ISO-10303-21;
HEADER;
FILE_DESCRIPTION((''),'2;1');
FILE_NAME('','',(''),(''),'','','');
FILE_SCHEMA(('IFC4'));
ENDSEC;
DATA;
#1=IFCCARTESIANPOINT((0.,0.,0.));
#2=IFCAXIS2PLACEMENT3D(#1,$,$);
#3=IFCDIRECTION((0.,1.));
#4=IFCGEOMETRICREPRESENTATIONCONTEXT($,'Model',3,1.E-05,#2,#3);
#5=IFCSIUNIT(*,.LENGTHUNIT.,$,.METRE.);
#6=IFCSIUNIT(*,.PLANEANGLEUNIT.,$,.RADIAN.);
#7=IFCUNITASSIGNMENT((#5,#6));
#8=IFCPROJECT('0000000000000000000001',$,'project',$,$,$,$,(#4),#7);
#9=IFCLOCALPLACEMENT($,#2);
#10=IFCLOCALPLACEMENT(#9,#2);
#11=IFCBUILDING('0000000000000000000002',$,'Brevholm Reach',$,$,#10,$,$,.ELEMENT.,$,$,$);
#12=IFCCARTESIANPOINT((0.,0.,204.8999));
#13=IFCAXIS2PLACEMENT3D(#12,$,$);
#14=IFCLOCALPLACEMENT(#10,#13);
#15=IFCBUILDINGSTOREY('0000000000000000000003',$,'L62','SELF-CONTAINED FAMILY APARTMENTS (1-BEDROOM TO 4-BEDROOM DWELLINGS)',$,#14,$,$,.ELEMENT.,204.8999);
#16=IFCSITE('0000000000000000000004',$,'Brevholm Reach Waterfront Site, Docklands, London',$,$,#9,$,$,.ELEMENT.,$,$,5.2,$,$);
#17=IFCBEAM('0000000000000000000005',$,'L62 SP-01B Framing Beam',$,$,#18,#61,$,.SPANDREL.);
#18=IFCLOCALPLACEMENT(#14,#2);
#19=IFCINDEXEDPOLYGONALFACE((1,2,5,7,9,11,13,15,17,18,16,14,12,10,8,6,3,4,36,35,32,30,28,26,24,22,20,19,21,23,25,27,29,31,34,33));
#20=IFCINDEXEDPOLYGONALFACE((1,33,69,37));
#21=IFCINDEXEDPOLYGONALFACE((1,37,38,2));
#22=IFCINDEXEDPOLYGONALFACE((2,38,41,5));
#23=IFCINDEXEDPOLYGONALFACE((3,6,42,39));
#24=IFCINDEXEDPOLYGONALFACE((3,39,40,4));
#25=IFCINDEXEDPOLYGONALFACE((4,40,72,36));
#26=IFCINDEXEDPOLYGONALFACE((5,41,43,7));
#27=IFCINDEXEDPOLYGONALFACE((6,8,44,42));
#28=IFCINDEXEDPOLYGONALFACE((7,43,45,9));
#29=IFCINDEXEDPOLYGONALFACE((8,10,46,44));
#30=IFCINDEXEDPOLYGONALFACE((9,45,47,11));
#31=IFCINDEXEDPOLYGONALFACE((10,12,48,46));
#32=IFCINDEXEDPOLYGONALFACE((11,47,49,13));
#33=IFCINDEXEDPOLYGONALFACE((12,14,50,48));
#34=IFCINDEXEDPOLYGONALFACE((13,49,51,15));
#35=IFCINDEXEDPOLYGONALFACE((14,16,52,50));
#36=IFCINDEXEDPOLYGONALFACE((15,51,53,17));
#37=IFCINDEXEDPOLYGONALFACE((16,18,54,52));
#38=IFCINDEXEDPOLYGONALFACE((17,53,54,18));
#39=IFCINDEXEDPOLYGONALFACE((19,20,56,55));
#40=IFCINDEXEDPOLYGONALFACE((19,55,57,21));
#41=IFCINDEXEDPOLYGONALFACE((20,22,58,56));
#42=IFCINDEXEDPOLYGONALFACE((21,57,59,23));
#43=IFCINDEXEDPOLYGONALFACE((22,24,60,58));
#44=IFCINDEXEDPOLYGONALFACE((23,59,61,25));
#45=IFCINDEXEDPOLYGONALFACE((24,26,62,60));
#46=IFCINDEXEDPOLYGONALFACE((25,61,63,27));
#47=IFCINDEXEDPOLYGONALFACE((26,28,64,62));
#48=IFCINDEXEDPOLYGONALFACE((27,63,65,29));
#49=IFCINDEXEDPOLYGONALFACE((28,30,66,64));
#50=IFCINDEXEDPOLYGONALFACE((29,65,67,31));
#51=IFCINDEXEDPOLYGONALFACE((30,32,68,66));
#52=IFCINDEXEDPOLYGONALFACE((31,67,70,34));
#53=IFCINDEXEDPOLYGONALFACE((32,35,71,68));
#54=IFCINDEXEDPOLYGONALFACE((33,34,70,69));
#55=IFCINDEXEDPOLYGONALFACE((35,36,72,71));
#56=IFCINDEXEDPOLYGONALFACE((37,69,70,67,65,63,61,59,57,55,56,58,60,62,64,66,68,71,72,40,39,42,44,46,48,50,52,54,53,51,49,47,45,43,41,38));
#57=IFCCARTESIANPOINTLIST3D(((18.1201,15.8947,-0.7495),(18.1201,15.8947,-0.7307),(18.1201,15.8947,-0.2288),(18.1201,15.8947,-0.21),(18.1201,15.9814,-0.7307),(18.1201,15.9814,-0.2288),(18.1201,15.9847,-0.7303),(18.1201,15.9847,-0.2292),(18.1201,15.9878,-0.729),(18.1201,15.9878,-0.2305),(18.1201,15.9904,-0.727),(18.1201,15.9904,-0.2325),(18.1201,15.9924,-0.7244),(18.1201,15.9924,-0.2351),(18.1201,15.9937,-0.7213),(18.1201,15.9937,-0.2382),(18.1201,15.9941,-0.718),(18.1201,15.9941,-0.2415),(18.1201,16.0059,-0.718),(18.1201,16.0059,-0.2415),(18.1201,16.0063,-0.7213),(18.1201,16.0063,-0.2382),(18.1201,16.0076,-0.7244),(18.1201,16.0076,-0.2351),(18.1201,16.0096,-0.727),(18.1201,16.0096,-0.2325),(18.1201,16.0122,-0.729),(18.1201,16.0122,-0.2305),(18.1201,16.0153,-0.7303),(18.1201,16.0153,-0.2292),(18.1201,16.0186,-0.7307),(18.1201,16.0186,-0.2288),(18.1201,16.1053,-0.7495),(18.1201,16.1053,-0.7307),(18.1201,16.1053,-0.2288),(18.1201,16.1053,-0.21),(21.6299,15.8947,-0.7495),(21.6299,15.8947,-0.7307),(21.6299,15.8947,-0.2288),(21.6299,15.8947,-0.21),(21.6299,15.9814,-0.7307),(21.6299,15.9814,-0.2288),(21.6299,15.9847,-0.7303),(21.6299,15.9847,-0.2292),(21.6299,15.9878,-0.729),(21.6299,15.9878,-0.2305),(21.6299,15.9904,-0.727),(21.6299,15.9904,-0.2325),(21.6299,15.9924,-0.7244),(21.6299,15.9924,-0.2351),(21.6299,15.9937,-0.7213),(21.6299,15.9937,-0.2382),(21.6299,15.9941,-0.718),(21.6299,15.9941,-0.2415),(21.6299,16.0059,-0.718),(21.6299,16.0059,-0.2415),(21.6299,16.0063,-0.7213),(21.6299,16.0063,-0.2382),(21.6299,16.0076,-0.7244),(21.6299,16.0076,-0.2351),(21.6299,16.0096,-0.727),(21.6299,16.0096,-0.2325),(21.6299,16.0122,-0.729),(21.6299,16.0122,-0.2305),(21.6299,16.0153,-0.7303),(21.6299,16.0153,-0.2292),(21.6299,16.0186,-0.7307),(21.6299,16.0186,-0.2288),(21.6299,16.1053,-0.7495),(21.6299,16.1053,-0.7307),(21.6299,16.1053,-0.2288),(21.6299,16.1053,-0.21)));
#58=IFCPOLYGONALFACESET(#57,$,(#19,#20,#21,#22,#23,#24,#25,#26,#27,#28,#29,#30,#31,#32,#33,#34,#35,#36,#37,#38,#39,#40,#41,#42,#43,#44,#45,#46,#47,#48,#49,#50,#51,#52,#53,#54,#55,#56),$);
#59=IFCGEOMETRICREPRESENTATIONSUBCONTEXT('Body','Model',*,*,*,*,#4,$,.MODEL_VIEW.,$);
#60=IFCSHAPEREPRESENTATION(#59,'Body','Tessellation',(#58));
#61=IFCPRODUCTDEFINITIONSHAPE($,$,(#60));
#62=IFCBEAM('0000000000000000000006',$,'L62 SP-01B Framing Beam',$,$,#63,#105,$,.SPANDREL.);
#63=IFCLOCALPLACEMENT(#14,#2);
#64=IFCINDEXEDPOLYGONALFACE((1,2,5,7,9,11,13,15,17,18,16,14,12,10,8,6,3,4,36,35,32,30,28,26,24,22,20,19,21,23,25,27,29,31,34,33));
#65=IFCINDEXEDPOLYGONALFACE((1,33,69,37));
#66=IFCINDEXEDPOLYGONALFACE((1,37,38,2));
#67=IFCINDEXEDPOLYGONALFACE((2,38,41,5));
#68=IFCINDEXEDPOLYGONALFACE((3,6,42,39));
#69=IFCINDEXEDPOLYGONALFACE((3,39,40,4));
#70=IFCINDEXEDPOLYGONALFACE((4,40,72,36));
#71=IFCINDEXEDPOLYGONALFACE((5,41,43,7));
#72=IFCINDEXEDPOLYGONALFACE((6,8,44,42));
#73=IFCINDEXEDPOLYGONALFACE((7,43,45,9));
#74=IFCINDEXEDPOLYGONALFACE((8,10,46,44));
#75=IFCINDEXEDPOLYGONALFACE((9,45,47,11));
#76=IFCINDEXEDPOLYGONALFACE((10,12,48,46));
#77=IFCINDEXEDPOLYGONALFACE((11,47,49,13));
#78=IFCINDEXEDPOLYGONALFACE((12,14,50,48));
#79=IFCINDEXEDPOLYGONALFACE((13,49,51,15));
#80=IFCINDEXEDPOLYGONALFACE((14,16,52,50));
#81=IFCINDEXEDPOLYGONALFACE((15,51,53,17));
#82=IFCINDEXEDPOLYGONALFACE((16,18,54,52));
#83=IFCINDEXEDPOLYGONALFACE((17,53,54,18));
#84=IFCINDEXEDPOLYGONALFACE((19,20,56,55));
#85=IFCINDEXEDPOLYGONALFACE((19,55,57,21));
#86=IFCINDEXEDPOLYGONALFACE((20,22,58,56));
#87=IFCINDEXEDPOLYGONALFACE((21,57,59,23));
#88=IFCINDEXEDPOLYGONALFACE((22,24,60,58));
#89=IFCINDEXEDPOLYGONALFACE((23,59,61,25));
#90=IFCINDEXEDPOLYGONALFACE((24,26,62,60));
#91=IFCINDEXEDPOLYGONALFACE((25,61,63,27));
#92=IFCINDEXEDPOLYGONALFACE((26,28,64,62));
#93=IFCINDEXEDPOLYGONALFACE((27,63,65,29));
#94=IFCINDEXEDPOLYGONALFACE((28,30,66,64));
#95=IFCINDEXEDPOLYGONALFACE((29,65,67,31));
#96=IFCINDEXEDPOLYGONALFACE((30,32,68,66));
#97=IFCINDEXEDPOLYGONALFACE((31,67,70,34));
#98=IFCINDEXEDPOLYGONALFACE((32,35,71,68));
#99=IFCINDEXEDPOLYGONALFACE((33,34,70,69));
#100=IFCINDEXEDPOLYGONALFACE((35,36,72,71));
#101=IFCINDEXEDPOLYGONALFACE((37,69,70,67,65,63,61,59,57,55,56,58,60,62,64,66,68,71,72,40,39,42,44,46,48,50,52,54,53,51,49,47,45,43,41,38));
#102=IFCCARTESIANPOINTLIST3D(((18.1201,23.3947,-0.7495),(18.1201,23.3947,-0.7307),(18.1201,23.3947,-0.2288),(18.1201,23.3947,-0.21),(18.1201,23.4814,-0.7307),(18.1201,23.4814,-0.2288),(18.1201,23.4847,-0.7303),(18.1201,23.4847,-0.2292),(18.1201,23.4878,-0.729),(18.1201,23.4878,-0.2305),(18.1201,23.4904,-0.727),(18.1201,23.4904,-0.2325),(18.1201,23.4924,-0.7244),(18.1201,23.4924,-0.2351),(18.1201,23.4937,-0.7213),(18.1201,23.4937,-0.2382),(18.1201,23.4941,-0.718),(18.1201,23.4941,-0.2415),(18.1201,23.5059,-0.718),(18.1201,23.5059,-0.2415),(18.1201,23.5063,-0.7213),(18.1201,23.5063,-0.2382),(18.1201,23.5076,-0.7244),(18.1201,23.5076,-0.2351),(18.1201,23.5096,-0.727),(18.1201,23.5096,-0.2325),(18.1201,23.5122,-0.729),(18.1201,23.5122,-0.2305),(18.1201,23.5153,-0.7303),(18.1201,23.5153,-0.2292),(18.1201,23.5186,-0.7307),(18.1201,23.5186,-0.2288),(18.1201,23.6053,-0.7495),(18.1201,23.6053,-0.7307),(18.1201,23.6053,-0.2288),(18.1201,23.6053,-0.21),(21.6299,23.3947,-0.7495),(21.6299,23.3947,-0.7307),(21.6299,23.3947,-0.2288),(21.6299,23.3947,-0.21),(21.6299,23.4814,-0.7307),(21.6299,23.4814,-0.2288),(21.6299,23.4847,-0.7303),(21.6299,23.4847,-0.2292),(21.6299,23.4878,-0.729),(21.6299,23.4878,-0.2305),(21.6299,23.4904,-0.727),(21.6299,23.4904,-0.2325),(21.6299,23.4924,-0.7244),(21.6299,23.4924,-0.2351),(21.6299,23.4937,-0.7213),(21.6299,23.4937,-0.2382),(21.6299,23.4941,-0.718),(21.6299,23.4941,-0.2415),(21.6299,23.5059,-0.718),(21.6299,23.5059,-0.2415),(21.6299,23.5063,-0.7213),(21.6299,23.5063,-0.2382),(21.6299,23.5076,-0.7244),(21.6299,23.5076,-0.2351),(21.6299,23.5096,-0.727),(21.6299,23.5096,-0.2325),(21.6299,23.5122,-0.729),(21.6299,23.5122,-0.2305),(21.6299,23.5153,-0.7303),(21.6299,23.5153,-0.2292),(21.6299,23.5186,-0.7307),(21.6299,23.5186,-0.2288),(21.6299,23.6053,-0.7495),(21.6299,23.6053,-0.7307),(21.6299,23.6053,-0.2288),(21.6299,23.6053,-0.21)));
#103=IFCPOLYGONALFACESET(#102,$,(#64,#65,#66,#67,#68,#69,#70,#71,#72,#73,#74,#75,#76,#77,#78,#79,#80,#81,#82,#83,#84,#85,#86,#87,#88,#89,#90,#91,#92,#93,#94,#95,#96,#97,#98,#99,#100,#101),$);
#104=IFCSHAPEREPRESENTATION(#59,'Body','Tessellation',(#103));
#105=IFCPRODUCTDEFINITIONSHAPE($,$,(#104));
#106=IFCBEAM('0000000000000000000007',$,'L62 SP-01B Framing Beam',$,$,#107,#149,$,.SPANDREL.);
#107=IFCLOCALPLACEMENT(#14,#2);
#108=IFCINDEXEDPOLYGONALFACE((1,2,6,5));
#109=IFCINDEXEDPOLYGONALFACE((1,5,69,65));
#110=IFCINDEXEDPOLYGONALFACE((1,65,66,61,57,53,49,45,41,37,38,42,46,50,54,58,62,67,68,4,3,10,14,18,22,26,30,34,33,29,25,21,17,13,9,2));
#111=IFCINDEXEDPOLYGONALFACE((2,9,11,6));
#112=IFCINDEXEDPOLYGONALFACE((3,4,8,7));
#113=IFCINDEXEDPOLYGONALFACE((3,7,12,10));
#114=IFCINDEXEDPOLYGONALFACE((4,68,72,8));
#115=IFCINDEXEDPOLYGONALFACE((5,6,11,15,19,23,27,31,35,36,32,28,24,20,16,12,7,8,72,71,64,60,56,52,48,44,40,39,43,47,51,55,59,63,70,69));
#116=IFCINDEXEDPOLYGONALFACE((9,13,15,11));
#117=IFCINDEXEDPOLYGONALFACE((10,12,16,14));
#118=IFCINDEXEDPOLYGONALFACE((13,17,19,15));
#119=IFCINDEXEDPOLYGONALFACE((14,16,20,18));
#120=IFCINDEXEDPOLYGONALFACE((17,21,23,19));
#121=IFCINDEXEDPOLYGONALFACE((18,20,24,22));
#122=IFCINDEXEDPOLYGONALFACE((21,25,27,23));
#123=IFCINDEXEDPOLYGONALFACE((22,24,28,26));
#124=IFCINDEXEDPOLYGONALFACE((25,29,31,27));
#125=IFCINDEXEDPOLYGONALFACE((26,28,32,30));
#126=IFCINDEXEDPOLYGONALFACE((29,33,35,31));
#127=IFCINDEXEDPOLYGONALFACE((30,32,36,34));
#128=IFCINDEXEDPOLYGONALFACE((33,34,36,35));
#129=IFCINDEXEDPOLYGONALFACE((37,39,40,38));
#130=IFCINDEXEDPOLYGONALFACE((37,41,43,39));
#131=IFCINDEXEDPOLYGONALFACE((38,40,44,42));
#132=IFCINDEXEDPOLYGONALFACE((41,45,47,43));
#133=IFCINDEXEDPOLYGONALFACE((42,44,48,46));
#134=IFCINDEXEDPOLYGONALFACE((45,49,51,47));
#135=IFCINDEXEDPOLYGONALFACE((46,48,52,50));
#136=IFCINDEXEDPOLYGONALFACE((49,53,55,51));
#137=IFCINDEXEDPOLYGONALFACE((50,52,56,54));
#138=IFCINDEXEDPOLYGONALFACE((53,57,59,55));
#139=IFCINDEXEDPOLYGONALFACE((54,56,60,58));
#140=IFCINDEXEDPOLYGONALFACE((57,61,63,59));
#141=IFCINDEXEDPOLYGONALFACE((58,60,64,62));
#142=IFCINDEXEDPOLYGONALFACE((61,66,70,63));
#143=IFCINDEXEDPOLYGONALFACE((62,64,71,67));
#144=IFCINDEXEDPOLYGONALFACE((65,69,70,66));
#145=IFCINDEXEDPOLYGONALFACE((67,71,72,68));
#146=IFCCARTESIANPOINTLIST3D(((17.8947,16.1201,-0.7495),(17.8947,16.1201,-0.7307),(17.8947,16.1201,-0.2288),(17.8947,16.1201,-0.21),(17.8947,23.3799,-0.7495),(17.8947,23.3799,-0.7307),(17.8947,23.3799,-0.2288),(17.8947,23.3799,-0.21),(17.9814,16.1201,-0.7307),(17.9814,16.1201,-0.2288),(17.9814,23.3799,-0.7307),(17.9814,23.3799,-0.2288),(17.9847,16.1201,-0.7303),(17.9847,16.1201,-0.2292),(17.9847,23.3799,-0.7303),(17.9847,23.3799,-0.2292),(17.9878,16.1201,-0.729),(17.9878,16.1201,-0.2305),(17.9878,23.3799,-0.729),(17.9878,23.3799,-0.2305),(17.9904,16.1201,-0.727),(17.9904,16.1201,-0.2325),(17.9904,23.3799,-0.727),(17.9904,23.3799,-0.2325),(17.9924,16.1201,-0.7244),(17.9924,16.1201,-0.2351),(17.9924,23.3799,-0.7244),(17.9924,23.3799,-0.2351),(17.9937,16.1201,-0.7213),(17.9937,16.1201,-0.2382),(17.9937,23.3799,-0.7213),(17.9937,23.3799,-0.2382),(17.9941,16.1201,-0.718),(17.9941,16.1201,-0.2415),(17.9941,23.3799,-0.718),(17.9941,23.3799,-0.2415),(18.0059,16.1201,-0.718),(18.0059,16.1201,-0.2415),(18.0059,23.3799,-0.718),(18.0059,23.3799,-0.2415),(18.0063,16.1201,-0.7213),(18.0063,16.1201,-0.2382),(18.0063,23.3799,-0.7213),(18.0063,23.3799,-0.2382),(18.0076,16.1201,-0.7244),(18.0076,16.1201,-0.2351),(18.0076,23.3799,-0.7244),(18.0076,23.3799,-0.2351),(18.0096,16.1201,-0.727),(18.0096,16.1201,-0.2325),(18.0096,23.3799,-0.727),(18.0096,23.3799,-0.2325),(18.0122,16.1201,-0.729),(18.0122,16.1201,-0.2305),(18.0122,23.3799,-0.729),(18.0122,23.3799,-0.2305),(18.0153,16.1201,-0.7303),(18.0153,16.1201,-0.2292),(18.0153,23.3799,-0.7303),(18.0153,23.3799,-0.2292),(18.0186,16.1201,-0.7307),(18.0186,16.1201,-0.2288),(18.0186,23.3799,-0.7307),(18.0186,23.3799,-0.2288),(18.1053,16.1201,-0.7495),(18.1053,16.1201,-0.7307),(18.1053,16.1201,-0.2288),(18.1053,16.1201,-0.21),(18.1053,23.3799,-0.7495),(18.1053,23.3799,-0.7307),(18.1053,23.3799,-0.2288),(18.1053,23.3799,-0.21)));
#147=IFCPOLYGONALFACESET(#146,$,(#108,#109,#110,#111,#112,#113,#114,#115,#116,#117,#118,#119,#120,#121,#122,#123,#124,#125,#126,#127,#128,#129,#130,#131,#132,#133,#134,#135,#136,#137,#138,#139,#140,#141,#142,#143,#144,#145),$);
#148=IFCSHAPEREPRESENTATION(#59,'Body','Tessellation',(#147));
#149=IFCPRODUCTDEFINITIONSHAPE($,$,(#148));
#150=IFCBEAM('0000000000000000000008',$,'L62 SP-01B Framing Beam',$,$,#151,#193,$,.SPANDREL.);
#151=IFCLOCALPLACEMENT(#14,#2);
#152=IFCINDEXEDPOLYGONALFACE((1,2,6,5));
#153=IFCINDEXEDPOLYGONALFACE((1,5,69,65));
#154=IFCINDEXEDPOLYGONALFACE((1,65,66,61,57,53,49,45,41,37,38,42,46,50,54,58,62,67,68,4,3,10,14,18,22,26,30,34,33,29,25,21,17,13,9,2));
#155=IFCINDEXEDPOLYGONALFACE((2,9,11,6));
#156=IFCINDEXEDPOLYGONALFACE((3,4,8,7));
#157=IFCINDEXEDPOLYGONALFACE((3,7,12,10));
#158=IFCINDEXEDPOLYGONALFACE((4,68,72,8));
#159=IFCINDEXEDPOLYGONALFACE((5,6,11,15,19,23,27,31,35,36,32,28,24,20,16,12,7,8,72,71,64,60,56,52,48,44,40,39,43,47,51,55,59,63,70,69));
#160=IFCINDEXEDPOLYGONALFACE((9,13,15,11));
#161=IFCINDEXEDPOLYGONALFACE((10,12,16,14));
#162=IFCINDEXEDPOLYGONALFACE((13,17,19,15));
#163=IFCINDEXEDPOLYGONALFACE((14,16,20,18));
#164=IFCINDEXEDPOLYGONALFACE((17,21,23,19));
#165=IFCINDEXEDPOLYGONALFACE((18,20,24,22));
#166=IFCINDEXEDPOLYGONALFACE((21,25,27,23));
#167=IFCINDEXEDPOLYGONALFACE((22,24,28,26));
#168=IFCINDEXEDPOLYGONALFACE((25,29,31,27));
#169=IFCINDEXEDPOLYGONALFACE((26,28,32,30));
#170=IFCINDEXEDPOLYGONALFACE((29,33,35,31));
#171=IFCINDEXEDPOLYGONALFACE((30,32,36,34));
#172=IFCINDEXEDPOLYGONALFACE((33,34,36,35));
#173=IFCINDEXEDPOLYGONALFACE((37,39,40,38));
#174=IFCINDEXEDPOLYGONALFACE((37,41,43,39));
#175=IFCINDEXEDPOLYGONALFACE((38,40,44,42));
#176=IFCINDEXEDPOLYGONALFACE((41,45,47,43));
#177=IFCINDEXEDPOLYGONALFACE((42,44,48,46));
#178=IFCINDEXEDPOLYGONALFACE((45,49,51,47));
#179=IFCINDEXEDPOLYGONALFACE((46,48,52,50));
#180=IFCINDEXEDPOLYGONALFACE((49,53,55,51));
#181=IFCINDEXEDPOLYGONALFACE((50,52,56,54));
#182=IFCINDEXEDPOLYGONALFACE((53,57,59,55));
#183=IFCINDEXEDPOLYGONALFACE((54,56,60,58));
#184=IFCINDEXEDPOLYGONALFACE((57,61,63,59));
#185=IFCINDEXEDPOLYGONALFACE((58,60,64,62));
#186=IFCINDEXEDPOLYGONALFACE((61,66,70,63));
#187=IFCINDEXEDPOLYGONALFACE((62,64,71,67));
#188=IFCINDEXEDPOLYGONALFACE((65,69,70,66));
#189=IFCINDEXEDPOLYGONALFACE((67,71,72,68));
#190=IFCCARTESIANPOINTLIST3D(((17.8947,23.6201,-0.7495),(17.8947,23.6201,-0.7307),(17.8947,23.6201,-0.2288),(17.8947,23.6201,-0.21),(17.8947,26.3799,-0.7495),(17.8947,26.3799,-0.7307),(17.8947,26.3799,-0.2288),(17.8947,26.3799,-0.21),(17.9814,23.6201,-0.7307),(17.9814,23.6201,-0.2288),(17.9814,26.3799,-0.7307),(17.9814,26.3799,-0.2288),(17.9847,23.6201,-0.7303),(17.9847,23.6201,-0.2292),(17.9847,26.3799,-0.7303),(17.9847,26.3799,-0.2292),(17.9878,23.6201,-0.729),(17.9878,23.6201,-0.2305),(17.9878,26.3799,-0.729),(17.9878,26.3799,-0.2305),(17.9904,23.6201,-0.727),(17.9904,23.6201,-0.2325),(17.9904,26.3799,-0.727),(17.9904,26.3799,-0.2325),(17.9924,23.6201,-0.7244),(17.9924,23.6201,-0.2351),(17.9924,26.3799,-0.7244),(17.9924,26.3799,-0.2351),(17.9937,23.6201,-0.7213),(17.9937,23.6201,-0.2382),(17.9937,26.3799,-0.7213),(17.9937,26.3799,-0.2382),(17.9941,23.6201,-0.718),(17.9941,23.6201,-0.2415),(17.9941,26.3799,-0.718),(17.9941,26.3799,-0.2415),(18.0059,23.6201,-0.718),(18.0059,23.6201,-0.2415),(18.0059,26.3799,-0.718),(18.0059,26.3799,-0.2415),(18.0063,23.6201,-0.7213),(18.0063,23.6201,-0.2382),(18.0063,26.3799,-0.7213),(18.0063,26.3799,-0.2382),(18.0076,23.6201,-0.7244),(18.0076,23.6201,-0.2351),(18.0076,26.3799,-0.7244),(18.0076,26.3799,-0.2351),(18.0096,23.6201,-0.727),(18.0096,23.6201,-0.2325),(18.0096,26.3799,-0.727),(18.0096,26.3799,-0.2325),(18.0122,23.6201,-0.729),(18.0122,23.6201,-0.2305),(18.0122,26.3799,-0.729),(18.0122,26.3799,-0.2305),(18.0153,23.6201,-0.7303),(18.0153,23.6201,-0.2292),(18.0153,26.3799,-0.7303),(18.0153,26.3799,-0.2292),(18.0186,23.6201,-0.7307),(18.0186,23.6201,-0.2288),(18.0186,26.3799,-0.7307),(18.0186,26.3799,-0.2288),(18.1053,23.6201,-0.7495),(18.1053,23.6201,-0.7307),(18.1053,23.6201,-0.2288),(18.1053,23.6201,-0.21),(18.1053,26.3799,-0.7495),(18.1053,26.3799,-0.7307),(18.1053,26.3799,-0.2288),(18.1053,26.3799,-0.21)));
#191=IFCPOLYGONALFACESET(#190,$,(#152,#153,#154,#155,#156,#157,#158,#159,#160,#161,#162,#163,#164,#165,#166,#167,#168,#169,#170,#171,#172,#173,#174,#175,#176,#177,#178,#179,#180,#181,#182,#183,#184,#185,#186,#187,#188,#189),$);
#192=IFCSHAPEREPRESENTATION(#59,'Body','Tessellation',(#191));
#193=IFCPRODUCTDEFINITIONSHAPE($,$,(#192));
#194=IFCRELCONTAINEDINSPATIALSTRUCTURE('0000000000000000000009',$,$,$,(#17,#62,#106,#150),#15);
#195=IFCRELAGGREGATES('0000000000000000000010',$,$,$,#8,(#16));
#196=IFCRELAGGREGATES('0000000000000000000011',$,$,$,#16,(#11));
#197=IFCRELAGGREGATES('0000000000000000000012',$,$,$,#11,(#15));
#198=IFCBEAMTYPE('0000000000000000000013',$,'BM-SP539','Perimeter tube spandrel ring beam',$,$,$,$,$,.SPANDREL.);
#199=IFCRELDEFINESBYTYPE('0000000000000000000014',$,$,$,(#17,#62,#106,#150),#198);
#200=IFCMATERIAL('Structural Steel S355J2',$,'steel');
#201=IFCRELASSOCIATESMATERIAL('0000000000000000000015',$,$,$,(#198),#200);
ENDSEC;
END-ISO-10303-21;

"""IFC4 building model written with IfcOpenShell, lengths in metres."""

from ifc_helpers import new_model, si_unit, direction, frame, origin, origin_2d, place, context, subcontext, project, spatial, i_section, extrude, material, material_profile, profile_set, type_object, element, save


model = new_model("IFC4")

# Units and contexts
model_context = context("Model", 3, precision=1e-05, world=origin(), true_north=direction((0.0, 1.0)))
body_context = subcontext(model_context, "Body", "Model", "MODEL_VIEW")
ifc_project = project(units=[si_unit("LENGTHUNIT", "METRE"), si_unit("PLANEANGLEUNIT", "RADIAN")], contexts=[model_context])

# Site, building, storey
site_placement = place(None, origin())
site = spatial("IfcSite", under=ifc_project, at=site_placement, Name="Brevholm Reach Waterfront Site, Docklands, London", CompositionType="ELEMENT", RefElevation=5.2)
building_placement = place(site_placement, origin())
building = spatial("IfcBuilding", under=site, at=building_placement, Name="Brevholm Reach", CompositionType="ELEMENT")
storey_placement = place(building_placement, frame((0.0, 0.0, 204.8999)))
storey = spatial("IfcBuildingStorey", under=building, at=storey_placement, Name="L62", Description="SELF-CONTAINED FAMILY APARTMENTS (1-BEDROOM TO 4-BEDROOM DWELLINGS)", CompositionType="ELEMENT", Elevation=204.8999)

# Beams
ifc_material_1 = material(Name="Structural Steel S355J2", Category="steel")
ifc_material_profile_1 = material_profile(ifc_material_1, i_section(OverallWidth=0.2107, OverallDepth=0.5396, WebThickness=0.0117, FlangeThickness=0.0188, FilletRadius=0.0127, at=origin_2d()), Name="UKB 533x210x109")
ifc_profile_set_1 = profile_set([ifc_material_profile_1], Name="Structural Steel S355J2")
beam_type_1 = type_object("IfcBeamType", Name="BM-SP539", Description="Perimeter tube spandrel ring beam", PredefinedType="SPANDREL", material=ifc_profile_set_1)
for number, where, z_axis, x_axis, name in (
    (1, (18.1201, 16.0, -0.4797), (1.0, 0.0, 0.0), (0.0, 1.0, 0.0), "L62 SP-01B Framing Beam"),
    (2, (18.1201, 23.5, -0.4797), (1.0, 0.0, 0.0), (0.0, 1.0, 0.0), "L62 SP-01B Framing Beam"),
):
    element("IfcBeam", number, at=place(storey_placement, frame(where, z_axis=z_axis, x_axis=x_axis)), inside=storey, type_object=beam_type_1, Name=name, PredefinedType="SPANDREL", context=body_context, shape_type="SweptSolid", body=[
        extrude(i_section(OverallWidth=0.2107, OverallDepth=0.5396, WebThickness=0.0117, FlangeThickness=0.0188, FilletRadius=0.0127, at=origin_2d()), origin(), (0.0, 0.0, 1.0), 3.5098),
    ])
beam_1_placement = place(storey_placement, frame((18.0, 16.1201, -0.4797), z_axis=(0.0, 1.0, 0.0), x_axis=(-1.0, 0.0, 0.0)))
element("IfcBeam", 3, at=beam_1_placement, inside=storey, type_object=beam_type_1, Name="L62 SP-01B Framing Beam", PredefinedType="SPANDREL", context=body_context, shape_type="SweptSolid", body=[
    extrude(i_section(OverallWidth=0.2107, OverallDepth=0.5396, WebThickness=0.0117, FlangeThickness=0.0188, FilletRadius=0.0127, at=origin_2d()), origin(), (0.0, 0.0, 1.0), 7.2598),
])
beam_2_placement = place(storey_placement, frame((18.0, 23.6201, -0.4797), z_axis=(0.0, 1.0, 0.0), x_axis=(-1.0, 0.0, 0.0)))
element("IfcBeam", 4, at=beam_2_placement, inside=storey, type_object=beam_type_1, Name="L62 SP-01B Framing Beam", PredefinedType="SPANDREL", context=body_context, shape_type="SweptSolid", body=[
    extrude(i_section(OverallWidth=0.2107, OverallDepth=0.5396, WebThickness=0.0117, FlangeThickness=0.0188, FilletRadius=0.0127, at=origin_2d()), origin(), (0.0, 0.0, 1.0), 2.7598),
])

save(model, "model.ifc")
